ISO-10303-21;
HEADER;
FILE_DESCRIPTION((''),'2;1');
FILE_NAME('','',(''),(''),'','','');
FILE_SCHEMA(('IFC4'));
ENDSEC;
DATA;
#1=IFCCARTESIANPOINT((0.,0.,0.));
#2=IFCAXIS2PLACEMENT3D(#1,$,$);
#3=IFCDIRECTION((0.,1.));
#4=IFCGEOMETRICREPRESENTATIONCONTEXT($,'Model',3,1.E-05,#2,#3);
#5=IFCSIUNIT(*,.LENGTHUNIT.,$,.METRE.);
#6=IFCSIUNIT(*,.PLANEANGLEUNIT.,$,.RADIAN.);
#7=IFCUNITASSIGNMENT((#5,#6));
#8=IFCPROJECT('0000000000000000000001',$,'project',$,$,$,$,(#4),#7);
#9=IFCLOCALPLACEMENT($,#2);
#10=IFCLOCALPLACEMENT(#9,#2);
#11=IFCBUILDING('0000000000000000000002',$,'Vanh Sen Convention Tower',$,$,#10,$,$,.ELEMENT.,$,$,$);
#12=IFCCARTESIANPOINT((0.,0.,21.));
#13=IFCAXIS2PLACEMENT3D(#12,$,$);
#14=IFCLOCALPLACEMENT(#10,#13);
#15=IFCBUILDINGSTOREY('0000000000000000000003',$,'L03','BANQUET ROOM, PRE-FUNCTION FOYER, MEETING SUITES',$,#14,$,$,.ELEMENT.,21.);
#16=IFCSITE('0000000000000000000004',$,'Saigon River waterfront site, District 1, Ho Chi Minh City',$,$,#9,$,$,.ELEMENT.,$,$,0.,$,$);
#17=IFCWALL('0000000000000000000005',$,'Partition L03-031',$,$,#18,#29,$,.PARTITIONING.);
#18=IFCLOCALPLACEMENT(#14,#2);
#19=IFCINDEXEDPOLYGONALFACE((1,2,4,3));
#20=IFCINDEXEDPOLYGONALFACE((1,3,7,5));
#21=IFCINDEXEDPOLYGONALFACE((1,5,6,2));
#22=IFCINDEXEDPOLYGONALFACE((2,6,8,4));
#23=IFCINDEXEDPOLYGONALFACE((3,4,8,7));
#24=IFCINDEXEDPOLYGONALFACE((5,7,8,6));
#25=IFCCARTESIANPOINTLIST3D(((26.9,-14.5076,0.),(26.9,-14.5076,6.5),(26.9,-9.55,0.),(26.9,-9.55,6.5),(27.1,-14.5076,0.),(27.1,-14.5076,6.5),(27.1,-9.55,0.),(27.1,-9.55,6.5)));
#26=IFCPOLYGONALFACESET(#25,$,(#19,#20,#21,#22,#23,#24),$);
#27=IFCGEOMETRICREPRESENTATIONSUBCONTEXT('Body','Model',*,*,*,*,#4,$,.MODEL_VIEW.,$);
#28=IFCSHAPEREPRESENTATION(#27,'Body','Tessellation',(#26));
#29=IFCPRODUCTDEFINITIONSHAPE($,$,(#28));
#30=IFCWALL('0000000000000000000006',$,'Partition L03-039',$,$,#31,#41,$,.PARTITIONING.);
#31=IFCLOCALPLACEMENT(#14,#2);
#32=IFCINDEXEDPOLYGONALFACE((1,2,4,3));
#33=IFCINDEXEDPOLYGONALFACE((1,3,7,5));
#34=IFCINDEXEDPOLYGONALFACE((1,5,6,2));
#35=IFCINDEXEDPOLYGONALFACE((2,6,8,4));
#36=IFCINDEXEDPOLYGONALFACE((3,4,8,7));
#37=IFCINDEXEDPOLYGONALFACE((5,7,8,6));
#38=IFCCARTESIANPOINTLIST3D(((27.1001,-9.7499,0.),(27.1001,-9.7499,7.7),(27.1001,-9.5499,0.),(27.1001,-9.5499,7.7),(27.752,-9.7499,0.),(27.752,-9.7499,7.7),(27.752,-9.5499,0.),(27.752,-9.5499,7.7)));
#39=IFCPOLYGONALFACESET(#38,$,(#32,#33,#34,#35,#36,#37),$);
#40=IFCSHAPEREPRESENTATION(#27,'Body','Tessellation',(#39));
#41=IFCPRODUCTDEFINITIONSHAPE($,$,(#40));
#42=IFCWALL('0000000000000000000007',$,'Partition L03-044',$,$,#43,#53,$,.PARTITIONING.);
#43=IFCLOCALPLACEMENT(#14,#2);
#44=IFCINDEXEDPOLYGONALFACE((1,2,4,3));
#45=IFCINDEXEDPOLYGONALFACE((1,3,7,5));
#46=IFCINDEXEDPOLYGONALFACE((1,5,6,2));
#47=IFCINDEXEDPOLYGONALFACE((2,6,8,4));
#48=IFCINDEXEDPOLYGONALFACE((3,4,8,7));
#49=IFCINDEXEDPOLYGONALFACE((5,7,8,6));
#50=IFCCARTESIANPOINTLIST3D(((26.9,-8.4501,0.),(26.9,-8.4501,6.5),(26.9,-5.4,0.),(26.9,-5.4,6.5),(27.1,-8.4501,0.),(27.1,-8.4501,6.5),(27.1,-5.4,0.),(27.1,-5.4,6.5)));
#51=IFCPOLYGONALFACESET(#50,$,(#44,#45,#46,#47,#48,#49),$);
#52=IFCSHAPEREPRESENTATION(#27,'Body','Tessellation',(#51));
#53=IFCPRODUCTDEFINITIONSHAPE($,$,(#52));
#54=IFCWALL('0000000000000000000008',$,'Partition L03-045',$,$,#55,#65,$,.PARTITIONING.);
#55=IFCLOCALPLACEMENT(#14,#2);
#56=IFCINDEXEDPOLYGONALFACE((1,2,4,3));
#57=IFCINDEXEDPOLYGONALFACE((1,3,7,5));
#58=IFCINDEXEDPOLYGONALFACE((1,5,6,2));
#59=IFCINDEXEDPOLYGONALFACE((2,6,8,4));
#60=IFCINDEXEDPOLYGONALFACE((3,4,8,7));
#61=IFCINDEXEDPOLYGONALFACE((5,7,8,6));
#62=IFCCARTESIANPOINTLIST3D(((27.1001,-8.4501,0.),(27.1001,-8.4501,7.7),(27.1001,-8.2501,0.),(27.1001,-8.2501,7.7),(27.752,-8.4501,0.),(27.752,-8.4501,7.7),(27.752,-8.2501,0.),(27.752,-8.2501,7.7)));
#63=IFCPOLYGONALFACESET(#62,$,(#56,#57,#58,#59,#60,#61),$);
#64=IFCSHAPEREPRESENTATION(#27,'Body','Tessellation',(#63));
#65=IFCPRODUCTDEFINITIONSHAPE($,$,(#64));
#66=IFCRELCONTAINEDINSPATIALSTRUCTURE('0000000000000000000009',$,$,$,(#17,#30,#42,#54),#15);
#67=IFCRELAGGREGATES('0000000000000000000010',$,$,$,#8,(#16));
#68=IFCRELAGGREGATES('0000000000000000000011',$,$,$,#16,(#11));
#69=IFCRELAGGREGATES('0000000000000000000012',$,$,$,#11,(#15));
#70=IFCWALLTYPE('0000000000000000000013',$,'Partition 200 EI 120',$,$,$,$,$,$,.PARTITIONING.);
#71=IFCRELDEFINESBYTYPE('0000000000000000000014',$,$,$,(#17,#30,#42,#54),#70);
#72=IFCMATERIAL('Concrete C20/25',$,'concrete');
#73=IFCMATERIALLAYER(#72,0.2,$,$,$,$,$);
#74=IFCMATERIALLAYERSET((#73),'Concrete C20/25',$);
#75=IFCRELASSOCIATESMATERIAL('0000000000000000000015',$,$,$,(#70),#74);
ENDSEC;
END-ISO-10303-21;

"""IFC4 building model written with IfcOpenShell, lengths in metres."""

from ifc_helpers import new_model, si_unit, direction, frame, frame_2d, origin, place, context, subcontext, project, spatial, rectangle, extrude, material, layer, layer_set, type_object, element, save


model = new_model("IFC4")

# Units and contexts
model_context = context("Model", 3, precision=1e-05, world=origin(), true_north=direction((0.0, 1.0)))
body_context = subcontext(model_context, "Body", "Model", "MODEL_VIEW")
ifc_project = project(units=[si_unit("LENGTHUNIT", "METRE"), si_unit("PLANEANGLEUNIT", "RADIAN")], contexts=[model_context])

# Site, building, storey
site_placement = place(None, origin())
site = spatial("IfcSite", under=ifc_project, at=site_placement, Name="Saigon River waterfront site, District 1, Ho Chi Minh City", CompositionType="ELEMENT", RefElevation=0.0)
building_placement = place(site_placement, origin())
building = spatial("IfcBuilding", under=site, at=building_placement, Name="Vanh Sen Convention Tower", CompositionType="ELEMENT")
storey_placement = place(building_placement, frame((0.0, 0.0, 21.0)))
storey = spatial("IfcBuildingStorey", under=building, at=storey_placement, Name="L03", Description="BANQUET ROOM, PRE-FUNCTION FOYER, MEETING SUITES", CompositionType="ELEMENT", Elevation=21.0)

# Walls
ifc_material_1 = material(Name="Concrete C20/25", Category="concrete")
ifc_layer_1 = layer(ifc_material_1, 0.2)
ifc_layer_set_1 = layer_set([ifc_layer_1], Name="Concrete C20/25")
wall_type_1 = type_object("IfcWallType", Name="Partition 200 EI 120", PredefinedType="PARTITIONING", material=ifc_layer_set_1)
wall_1_placement = place(storey_placement, frame((27.0, -14.5076, 0.0), z_axis=(0.0, 0.0, 1.0), x_axis=(0.0, 1.0, 0.0)))
element("IfcWall", 1, at=wall_1_placement, inside=storey, type_object=wall_type_1, Name="Partition L03-031", PredefinedType="PARTITIONING", context=body_context, shape_type="SweptSolid", body=[
    extrude(rectangle(XDim=4.9575, YDim=0.2, at=frame_2d((2.4788, 0.0))), origin(), (0.0, 0.0, 1.0), 6.5),
])
wall_2_placement = place(storey_placement, frame((27.1001, -9.6499, 0.0), z_axis=(0.0, 0.0, 1.0), x_axis=(1.0, 0.0, 0.0)))
element("IfcWall", 2, at=wall_2_placement, inside=storey, type_object=wall_type_1, Name="Partition L03-039", PredefinedType="PARTITIONING", context=body_context, shape_type="SweptSolid", body=[
    extrude(rectangle(XDim=0.6519, YDim=0.2, at=frame_2d((0.3259, 0.0))), origin(), (0.0, 0.0, 1.0), 7.7),
])
wall_3_placement = place(storey_placement, frame((27.0, -8.45, 0.0), z_axis=(0.0, 0.0, 1.0), x_axis=(0.0, 1.0, 0.0)))
element("IfcWall", 3, at=wall_3_placement, inside=storey, type_object=wall_type_1, Name="Partition L03-044", PredefinedType="PARTITIONING", context=body_context, shape_type="SweptSolid", body=[
    extrude(rectangle(XDim=3.05, YDim=0.2, at=frame_2d((1.5249, 0.0))), origin(), (0.0, 0.0, 1.0), 6.5),
])
wall_4_placement = place(storey_placement, frame((27.1001, -8.3501, 0.0), z_axis=(0.0, 0.0, 1.0), x_axis=(1.0, 0.0, 0.0)))
element("IfcWall", 4, at=wall_4_placement, inside=storey, type_object=wall_type_1, Name="Partition L03-045", PredefinedType="PARTITIONING", context=body_context, shape_type="SweptSolid", body=[
    extrude(rectangle(XDim=0.6519, YDim=0.2, at=frame_2d((0.3259, 0.0))), origin(), (0.0, 0.0, 1.0), 7.7),
])

save(model, "model.ifc")
